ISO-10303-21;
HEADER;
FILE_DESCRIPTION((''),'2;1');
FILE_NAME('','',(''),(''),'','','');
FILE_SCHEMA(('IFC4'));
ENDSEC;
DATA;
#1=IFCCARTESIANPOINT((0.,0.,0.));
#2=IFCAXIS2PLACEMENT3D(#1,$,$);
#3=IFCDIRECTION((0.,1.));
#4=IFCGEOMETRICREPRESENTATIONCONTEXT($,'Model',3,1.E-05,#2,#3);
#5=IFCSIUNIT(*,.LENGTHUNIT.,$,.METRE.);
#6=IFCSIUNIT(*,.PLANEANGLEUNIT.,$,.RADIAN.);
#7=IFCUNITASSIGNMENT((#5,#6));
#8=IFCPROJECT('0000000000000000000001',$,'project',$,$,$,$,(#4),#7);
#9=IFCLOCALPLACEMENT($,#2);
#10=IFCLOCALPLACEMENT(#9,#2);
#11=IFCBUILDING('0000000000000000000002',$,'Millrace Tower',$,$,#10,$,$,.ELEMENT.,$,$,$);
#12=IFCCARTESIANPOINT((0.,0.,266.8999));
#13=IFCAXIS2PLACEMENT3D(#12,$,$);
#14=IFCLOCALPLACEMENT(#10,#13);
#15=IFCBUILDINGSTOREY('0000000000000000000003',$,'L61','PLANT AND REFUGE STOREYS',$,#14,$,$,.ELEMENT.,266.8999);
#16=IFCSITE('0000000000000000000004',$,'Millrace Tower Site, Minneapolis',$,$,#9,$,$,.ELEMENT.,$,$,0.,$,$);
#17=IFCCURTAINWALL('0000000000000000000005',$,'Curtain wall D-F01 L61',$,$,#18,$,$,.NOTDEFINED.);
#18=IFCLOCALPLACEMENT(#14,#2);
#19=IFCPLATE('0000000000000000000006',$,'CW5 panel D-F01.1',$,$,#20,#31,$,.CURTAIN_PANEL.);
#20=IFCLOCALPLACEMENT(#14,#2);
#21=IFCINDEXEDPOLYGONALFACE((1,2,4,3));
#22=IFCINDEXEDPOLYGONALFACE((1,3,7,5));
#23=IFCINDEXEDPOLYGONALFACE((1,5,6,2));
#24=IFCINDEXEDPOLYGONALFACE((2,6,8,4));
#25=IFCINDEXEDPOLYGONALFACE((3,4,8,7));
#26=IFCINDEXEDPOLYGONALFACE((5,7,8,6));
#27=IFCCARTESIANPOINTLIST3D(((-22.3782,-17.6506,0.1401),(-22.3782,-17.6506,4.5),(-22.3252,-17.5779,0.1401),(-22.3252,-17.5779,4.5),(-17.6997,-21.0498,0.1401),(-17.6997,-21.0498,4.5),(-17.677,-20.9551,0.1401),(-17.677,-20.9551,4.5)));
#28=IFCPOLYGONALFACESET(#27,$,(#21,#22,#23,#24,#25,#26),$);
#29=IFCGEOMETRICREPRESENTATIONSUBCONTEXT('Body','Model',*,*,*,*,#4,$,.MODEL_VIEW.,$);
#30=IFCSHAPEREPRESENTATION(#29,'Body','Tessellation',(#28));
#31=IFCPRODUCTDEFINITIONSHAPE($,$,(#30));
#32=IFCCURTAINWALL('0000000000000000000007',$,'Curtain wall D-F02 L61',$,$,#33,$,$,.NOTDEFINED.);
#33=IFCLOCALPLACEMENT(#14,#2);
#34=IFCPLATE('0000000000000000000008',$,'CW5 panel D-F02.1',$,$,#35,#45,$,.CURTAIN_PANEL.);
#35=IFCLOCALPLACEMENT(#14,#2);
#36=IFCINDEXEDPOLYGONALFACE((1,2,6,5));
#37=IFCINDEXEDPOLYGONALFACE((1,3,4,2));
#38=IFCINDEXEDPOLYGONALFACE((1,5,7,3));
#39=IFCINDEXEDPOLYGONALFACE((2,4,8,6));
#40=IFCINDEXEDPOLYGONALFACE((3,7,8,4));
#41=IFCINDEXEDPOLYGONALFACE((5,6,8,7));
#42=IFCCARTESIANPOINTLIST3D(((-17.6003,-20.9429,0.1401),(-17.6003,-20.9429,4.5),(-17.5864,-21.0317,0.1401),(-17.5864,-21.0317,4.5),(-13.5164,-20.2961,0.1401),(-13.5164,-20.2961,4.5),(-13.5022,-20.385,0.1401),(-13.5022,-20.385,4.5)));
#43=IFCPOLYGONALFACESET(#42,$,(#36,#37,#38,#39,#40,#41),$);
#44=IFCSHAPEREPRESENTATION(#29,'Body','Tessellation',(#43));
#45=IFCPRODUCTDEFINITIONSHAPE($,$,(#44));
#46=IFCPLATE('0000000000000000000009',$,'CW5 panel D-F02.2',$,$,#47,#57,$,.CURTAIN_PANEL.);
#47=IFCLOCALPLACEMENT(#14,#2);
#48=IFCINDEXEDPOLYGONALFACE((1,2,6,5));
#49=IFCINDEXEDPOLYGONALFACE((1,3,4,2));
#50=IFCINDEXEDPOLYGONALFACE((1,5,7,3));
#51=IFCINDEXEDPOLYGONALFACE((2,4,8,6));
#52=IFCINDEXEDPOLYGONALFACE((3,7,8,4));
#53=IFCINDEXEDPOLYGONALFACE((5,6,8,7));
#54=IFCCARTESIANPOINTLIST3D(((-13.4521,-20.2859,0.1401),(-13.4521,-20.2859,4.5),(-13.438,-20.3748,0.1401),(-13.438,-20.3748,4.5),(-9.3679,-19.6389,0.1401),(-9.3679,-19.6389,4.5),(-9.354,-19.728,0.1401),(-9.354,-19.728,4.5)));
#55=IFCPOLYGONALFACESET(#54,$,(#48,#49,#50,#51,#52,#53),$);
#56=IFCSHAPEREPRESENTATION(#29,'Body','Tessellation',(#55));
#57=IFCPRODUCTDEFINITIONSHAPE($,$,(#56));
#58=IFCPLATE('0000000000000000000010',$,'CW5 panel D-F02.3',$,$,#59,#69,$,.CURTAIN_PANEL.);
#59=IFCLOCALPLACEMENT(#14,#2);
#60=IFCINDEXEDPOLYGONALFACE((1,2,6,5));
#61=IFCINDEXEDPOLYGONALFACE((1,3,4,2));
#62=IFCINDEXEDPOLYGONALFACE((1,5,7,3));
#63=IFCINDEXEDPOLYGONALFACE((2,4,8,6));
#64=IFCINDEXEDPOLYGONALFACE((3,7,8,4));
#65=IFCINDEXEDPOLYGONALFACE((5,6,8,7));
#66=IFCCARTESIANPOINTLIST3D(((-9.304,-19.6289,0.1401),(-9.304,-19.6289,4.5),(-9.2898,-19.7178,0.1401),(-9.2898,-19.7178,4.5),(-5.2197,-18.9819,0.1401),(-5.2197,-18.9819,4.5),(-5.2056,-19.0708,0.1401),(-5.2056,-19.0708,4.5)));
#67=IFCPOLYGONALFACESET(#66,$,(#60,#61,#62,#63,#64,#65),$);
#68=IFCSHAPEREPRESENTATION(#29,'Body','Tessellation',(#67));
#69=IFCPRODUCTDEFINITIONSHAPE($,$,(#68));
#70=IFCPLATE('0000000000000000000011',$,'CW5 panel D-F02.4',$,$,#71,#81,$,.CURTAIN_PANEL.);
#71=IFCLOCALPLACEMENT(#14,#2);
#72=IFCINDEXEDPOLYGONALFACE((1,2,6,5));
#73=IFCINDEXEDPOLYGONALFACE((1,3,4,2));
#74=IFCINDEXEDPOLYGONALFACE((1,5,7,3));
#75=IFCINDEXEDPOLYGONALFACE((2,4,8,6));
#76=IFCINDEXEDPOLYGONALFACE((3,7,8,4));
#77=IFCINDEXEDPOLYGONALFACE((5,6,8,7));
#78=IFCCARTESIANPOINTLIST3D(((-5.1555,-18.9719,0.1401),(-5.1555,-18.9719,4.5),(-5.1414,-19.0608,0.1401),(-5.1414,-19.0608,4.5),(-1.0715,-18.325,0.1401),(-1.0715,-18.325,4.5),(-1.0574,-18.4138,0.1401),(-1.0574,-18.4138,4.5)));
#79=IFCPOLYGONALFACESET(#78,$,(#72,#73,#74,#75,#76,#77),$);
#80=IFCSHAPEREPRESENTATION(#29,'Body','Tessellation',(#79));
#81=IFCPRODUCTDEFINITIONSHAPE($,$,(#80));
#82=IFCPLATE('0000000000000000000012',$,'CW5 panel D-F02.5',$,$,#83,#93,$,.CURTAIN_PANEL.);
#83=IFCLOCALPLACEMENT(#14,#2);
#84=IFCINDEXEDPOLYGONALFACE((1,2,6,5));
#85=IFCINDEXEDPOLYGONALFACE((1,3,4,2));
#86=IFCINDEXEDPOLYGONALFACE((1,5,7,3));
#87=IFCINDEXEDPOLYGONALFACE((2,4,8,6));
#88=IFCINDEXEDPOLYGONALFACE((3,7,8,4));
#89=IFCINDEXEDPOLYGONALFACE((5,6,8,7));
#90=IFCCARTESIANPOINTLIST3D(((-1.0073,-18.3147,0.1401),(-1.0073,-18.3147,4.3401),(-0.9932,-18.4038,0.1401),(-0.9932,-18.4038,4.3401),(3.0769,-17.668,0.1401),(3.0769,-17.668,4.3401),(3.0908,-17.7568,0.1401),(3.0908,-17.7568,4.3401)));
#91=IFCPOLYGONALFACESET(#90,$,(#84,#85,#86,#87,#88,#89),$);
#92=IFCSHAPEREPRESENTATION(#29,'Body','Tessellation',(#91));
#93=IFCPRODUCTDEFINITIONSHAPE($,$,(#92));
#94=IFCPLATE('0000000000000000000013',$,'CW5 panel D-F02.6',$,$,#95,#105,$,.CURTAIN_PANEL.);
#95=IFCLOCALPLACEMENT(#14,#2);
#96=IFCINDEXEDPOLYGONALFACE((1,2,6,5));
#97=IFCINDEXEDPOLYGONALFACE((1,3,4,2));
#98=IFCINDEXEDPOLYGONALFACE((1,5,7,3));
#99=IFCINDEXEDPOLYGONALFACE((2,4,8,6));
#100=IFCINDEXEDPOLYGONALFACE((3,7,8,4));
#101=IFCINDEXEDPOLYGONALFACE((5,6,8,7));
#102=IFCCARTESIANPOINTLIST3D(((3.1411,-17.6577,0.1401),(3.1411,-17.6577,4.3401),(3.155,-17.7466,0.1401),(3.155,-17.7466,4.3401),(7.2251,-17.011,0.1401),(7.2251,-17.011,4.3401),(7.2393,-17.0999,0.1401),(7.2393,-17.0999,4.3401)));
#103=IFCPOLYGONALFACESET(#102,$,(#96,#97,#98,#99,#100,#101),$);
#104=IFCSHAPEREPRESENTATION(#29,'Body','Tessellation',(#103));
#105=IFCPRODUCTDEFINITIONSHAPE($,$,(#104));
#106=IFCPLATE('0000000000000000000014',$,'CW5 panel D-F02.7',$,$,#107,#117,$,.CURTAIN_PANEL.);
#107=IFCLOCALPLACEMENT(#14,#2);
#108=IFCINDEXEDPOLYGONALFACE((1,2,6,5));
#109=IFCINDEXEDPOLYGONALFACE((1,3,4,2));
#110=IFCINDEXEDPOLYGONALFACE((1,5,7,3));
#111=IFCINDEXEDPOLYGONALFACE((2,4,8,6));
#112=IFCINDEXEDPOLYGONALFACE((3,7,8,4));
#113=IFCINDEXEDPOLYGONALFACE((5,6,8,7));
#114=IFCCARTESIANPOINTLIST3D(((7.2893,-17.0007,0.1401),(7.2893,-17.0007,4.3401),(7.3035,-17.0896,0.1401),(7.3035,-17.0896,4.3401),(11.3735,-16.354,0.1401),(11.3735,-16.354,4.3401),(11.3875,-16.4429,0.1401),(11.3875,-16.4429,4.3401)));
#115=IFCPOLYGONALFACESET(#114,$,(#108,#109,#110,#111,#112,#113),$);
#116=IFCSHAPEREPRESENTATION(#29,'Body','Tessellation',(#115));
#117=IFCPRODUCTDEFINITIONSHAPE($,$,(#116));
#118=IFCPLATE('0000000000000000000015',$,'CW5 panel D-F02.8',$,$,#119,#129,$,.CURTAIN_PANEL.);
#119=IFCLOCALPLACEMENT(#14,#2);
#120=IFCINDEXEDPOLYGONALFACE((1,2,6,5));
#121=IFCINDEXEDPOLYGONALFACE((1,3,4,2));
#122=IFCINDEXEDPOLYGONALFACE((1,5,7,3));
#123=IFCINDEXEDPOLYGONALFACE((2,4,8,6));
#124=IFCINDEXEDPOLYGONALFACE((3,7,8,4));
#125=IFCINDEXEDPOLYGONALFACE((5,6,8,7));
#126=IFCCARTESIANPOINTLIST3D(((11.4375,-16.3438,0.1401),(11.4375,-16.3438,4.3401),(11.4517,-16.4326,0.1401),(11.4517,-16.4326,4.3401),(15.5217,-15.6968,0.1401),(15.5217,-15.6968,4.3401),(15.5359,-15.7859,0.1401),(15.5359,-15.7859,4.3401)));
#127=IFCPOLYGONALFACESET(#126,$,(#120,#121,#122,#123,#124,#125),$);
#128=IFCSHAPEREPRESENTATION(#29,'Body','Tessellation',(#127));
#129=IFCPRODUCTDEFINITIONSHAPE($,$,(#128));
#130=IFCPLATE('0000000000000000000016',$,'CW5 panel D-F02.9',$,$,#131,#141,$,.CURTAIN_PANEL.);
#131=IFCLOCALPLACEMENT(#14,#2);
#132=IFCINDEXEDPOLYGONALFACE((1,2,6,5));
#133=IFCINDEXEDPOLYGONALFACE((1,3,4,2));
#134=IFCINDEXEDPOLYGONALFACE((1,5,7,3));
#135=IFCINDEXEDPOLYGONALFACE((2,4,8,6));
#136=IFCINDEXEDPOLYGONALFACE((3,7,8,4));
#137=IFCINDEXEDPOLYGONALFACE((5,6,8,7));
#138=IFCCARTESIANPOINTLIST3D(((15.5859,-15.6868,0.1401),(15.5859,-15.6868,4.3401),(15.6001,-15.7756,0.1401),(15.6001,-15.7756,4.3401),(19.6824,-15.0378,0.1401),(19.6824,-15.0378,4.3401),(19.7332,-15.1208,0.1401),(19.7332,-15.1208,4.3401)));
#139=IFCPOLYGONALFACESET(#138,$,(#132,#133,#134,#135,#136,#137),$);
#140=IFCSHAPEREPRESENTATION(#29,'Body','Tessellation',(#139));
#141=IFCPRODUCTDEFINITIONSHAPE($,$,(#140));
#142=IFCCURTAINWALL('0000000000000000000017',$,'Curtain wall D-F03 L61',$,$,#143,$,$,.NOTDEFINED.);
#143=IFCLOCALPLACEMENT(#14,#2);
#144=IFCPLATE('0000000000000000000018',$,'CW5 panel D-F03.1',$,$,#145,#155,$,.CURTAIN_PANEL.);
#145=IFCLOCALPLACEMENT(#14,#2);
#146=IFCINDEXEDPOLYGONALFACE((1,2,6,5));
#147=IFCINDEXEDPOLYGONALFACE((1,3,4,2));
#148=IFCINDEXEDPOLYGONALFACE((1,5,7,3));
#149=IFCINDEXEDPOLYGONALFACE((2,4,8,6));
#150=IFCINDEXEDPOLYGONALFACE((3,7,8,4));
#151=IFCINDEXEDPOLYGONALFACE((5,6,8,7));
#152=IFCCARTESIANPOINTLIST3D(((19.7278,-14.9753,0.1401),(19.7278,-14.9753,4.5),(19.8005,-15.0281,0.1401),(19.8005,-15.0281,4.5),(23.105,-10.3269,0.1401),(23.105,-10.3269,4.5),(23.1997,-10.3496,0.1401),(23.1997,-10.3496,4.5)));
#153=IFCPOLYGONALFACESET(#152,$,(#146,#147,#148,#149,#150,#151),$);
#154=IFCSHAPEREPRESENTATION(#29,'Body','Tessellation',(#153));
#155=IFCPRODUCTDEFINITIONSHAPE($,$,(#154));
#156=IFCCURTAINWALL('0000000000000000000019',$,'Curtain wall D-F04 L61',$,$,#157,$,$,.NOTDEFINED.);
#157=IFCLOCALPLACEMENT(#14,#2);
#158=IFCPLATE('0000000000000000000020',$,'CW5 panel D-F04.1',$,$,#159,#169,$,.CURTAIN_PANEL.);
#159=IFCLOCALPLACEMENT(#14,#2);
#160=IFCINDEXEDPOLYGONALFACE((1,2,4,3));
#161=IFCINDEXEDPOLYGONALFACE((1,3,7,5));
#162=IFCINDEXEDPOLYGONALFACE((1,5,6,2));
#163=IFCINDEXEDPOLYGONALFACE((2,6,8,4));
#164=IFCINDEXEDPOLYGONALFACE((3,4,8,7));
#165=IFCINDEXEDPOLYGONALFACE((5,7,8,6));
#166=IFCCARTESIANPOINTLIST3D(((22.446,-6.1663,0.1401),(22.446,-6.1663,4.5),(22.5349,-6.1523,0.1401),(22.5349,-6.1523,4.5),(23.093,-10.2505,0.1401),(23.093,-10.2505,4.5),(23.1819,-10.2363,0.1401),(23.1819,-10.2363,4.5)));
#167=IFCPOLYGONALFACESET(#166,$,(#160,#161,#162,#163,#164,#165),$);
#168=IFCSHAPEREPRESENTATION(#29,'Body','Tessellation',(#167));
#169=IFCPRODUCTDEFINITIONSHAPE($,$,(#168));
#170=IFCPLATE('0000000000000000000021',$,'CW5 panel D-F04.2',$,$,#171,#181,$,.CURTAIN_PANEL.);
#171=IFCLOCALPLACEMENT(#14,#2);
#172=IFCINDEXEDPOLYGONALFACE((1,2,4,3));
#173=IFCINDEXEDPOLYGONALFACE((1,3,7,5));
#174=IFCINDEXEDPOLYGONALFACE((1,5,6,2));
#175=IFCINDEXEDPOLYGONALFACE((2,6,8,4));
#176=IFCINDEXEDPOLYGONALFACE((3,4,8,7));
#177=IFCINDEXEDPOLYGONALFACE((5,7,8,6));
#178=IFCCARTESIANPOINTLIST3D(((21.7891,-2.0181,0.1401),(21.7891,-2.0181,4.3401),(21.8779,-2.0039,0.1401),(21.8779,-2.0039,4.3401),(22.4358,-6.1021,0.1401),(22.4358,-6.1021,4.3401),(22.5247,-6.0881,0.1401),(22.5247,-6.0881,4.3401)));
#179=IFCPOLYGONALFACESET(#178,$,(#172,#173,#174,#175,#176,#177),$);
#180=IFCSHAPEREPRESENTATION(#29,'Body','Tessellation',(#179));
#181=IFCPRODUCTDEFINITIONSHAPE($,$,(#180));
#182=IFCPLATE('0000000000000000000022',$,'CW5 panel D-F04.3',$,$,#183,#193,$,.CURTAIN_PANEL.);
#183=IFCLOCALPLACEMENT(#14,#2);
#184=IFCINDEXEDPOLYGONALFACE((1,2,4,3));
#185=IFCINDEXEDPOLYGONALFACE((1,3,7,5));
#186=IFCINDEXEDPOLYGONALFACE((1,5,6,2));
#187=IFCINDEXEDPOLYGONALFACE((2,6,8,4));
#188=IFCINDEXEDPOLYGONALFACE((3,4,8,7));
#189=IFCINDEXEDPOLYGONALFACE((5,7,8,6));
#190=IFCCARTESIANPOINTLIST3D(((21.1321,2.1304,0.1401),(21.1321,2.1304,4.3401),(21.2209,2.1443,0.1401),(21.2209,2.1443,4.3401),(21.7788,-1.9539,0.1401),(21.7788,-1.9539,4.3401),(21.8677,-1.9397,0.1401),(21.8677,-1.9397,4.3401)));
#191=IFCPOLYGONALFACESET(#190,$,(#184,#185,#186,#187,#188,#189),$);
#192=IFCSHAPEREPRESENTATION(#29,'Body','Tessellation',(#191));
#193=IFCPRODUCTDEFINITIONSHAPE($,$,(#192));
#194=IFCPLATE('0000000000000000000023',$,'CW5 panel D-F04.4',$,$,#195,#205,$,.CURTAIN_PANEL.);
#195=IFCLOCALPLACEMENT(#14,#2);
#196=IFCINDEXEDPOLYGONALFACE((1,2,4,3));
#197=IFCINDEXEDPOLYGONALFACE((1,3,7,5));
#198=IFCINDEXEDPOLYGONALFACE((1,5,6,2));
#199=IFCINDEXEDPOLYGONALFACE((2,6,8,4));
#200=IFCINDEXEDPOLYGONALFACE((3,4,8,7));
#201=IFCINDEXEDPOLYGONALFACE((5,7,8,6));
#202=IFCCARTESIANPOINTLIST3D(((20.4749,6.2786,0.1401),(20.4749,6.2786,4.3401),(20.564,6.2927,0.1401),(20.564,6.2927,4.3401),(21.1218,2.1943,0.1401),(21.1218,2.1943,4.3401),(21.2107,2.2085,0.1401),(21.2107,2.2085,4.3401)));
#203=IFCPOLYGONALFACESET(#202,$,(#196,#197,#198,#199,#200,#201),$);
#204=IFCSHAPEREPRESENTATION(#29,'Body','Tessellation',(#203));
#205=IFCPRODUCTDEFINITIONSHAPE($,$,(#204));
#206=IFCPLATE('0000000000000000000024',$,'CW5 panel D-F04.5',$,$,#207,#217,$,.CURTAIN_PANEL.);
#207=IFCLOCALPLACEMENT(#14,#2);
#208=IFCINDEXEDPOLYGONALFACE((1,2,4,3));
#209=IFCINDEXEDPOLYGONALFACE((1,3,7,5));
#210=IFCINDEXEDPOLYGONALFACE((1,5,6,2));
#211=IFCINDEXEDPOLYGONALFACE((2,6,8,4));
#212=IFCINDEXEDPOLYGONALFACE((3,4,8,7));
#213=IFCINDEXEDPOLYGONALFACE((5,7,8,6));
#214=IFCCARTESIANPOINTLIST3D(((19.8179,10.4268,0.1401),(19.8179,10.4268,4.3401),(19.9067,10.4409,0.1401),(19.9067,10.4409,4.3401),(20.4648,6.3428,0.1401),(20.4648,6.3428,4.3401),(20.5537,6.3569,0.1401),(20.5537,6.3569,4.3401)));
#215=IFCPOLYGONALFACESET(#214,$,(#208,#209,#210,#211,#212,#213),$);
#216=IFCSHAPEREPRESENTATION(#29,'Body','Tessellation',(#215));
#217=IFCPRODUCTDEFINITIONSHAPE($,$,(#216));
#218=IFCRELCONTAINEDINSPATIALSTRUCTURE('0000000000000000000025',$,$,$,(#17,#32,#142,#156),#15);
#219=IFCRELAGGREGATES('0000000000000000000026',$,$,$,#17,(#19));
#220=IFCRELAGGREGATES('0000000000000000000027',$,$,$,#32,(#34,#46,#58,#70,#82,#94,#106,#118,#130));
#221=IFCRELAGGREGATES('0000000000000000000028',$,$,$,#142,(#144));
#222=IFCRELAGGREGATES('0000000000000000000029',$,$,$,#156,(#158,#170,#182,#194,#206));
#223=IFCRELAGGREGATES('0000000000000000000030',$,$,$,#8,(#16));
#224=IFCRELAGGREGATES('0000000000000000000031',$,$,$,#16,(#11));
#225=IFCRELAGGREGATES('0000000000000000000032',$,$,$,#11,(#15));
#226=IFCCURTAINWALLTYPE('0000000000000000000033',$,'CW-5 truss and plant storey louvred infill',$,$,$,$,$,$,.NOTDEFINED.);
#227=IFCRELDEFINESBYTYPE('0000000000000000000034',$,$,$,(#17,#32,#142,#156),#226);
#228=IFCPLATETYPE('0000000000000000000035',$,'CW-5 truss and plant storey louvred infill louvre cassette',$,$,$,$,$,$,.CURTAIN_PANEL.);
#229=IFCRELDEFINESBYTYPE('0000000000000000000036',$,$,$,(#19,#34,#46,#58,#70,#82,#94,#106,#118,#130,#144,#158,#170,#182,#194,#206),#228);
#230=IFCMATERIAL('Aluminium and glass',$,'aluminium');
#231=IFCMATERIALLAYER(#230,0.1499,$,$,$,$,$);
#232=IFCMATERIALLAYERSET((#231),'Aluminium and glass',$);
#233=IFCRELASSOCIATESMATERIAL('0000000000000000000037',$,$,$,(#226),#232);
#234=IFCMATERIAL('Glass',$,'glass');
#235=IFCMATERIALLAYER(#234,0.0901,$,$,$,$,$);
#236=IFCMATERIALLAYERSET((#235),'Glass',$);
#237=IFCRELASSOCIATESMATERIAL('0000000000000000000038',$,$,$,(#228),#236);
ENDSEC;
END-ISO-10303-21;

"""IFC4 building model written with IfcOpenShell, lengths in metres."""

from ifc_helpers import new_model, si_unit, direction, frame, origin, place, context, subcontext, project, spatial, polyline, outline, extrude, material, layer, layer_set, type_object, element, aggregate, save


model = new_model("IFC4")

# Units and contexts
model_context = context("Model", 3, precision=1e-05, world=origin(), true_north=direction((0.0, 1.0)))
body_context = subcontext(model_context, "Body", "Model", "MODEL_VIEW")
ifc_project = project(units=[si_unit("LENGTHUNIT", "METRE"), si_unit("PLANEANGLEUNIT", "RADIAN")], contexts=[model_context])

# Site, building, storey
site_placement = place(None, origin())
site = spatial("IfcSite", under=ifc_project, at=site_placement, Name="Millrace Tower Site, Minneapolis", CompositionType="ELEMENT", RefElevation=0.0)
building_placement = place(site_placement, origin())
building = spatial("IfcBuilding", under=site, at=building_placement, Name="Millrace Tower", CompositionType="ELEMENT")
storey_placement = place(building_placement, frame((0.0, 0.0, 266.8999)))
storey = spatial("IfcBuildingStorey", under=building, at=storey_placement, Name="L61", Description="PLANT AND REFUGE STOREYS", CompositionType="ELEMENT", Elevation=266.8999)

# Curtain wall, plate
ifc_material_1 = material(Name="Aluminium and glass", Category="aluminium")
ifc_layer_1 = layer(ifc_material_1, 0.1499)
ifc_layer_set_1 = layer_set([ifc_layer_1], Name="Aluminium and glass")
curtain_wall_type = type_object("IfcCurtainWallType", Name="CW-5 truss and plant storey louvred infill", PredefinedType="NOTDEFINED", material=ifc_layer_set_1)
placement_1 = place(storey_placement, origin())
curtain_wall_1 = element("IfcCurtainWall", 1, at=placement_1, inside=storey, type_object=curtain_wall_type, Name="Curtain wall D-F01 L61", PredefinedType="NOTDEFINED")
ifc_material_2 = material(Name="Glass", Category="glass")
ifc_layer_2 = layer(ifc_material_2, 0.0901)
ifc_layer_set_2 = layer_set([ifc_layer_2], Name="Glass")
plate_type = type_object("IfcPlateType", Name="CW-5 truss and plant storey louvred infill louvre cassette", PredefinedType="CURTAIN_PANEL", material=ifc_layer_set_2)
placement_2 = place(storey_placement, frame((0.0, 0.0, 0.1401)))
plate_1 = element("IfcPlate", 2, at=placement_2, type_object=plate_type, Name="CW5 panel D-F01.1", PredefinedType="CURTAIN_PANEL", context=body_context, shape_type="SweptSolid", body=[
    extrude(outline(polyline([(-22.3782, -17.6506), (-17.6997, -21.0498), (-17.677, -20.9551), (-22.3252, -17.5779), (-22.3782, -17.6506)])), origin(), (0.0, 0.0, 1.0), 4.3599),
])
aggregate(curtain_wall_1, [plate_1])

# Curtain wall, plates
curtain_wall_2 = element("IfcCurtainWall", 3, at=placement_1, inside=storey, type_object=curtain_wall_type, Name="Curtain wall D-F02 L61", PredefinedType="NOTDEFINED")
plate_2 = element("IfcPlate", 4, at=placement_2, type_object=plate_type, Name="CW5 panel D-F02.1", PredefinedType="CURTAIN_PANEL", context=body_context, shape_type="SweptSolid", body=[
    extrude(outline(polyline([(-17.5864, -21.0317), (-13.5022, -20.385), (-13.5164, -20.2961), (-17.6003, -20.9429), (-17.5864, -21.0317)])), origin(), (0.0, 0.0, 1.0), 4.3599),
])
plate_3 = element("IfcPlate", 5, at=placement_2, type_object=plate_type, Name="CW5 panel D-F02.2", PredefinedType="CURTAIN_PANEL", context=body_context, shape_type="SweptSolid", body=[
    extrude(outline(polyline([(-13.438, -20.3748), (-9.354, -19.728), (-9.3679, -19.6389), (-13.4521, -20.2859), (-13.438, -20.3748)])), origin(), (0.0, 0.0, 1.0), 4.3599),
])
plate_4 = element("IfcPlate", 6, at=placement_2, type_object=plate_type, Name="CW5 panel D-F02.3", PredefinedType="CURTAIN_PANEL", context=body_context, shape_type="SweptSolid", body=[
    extrude(outline(polyline([(-9.2898, -19.7178), (-5.2056, -19.0708), (-5.2197, -18.9819), (-9.304, -19.6289), (-9.2898, -19.7178)])), origin(), (0.0, 0.0, 1.0), 4.3599),
])
plate_5 = element("IfcPlate", 7, at=placement_2, type_object=plate_type, Name="CW5 panel D-F02.4", PredefinedType="CURTAIN_PANEL", context=body_context, shape_type="SweptSolid", body=[
    extrude(outline(polyline([(-5.1414, -19.0608), (-1.0574, -18.4138), (-1.0715, -18.325), (-5.1555, -18.9719), (-5.1414, -19.0608)])), origin(), (0.0, 0.0, 1.0), 4.3599),
])
plate_6 = element("IfcPlate", 8, at=placement_2, type_object=plate_type, Name="CW5 panel D-F02.5", PredefinedType="CURTAIN_PANEL", context=body_context, shape_type="SweptSolid", body=[
    extrude(outline(polyline([(-0.9932, -18.4038), (3.0908, -17.7568), (3.0769, -17.668), (-1.0073, -18.3147), (-0.9932, -18.4038)])), origin(), (0.0, 0.0, 1.0), 4.2),
])
plate_7 = element("IfcPlate", 9, at=placement_2, type_object=plate_type, Name="CW5 panel D-F02.6", PredefinedType="CURTAIN_PANEL", context=body_context, shape_type="SweptSolid", body=[
    extrude(outline(polyline([(3.155, -17.7466), (7.2393, -17.0999), (7.2251, -17.011), (3.1411, -17.6577), (3.155, -17.7466)])), origin(), (0.0, 0.0, 1.0), 4.2),
])
plate_8 = element("IfcPlate", 10, at=placement_2, type_object=plate_type, Name="CW5 panel D-F02.7", PredefinedType="CURTAIN_PANEL", context=body_context, shape_type="SweptSolid", body=[
    extrude(outline(polyline([(7.3035, -17.0896), (11.3875, -16.4429), (11.3735, -16.354), (7.2893, -17.0007), (7.3035, -17.0896)])), origin(), (0.0, 0.0, 1.0), 4.2),
])
plate_9 = element("IfcPlate", 11, at=placement_2, type_object=plate_type, Name="CW5 panel D-F02.8", PredefinedType="CURTAIN_PANEL", context=body_context, shape_type="SweptSolid", body=[
    extrude(outline(polyline([(11.4517, -16.4326), (15.5359, -15.7859), (15.5217, -15.6968), (11.4375, -16.3438), (11.4517, -16.4326)])), origin(), (0.0, 0.0, 1.0), 4.2),
])
plate_10 = element("IfcPlate", 12, at=placement_2, type_object=plate_type, Name="CW5 panel D-F02.9", PredefinedType="CURTAIN_PANEL", context=body_context, shape_type="SweptSolid", body=[
    extrude(outline(polyline([(15.6001, -15.7756), (19.7332, -15.1208), (19.6824, -15.0378), (15.5859, -15.6868), (15.6001, -15.7756)])), origin(), (0.0, 0.0, 1.0), 4.2),
])
aggregate(curtain_wall_2, [plate_2, plate_3, plate_4, plate_5, plate_6, plate_7, plate_8, plate_9, plate_10])

# Curtain wall, plate
curtain_wall_3 = element("IfcCurtainWall", 13, at=placement_1, inside=storey, type_object=curtain_wall_type, Name="Curtain wall D-F03 L61", PredefinedType="NOTDEFINED")
plate_11 = element("IfcPlate", 14, at=placement_2, type_object=plate_type, Name="CW5 panel D-F03.1", PredefinedType="CURTAIN_PANEL", context=body_context, shape_type="SweptSolid", body=[
    extrude(outline(polyline([(19.8005, -15.0281), (23.1997, -10.3496), (23.105, -10.3269), (19.7278, -14.9753), (19.8005, -15.0281)])), origin(), (0.0, 0.0, 1.0), 4.3599),
])
aggregate(curtain_wall_3, [plate_11])

# Curtain wall, plates
curtain_wall_4 = element("IfcCurtainWall", 15, at=placement_1, inside=storey, type_object=curtain_wall_type, Name="Curtain wall D-F04 L61", PredefinedType="NOTDEFINED")
plate_12 = element("IfcPlate", 16, at=placement_2, type_object=plate_type, Name="CW5 panel D-F04.1", PredefinedType="CURTAIN_PANEL", context=body_context, shape_type="SweptSolid", body=[
    extrude(outline(polyline([(23.1819, -10.2363), (22.5349, -6.1523), (22.446, -6.1663), (23.093, -10.2505), (23.1819, -10.2363)])), origin(), (0.0, 0.0, 1.0), 4.3599),
])
plate_13 = element("IfcPlate", 17, at=placement_2, type_object=plate_type, Name="CW5 panel D-F04.2", PredefinedType="CURTAIN_PANEL", context=body_context, shape_type="SweptSolid", body=[
    extrude(outline(polyline([(22.5247, -6.0881), (21.8779, -2.0039), (21.7891, -2.0181), (22.4358, -6.1021), (22.5247, -6.0881)])), origin(), (0.0, 0.0, 1.0), 4.2),
])
plate_14 = element("IfcPlate", 18, at=placement_2, type_object=plate_type, Name="CW5 panel D-F04.3", PredefinedType="CURTAIN_PANEL", context=body_context, shape_type="SweptSolid", body=[
    extrude(outline(polyline([(21.8677, -1.9397), (21.2209, 2.1443), (21.1321, 2.1304), (21.7788, -1.9539), (21.8677, -1.9397)])), origin(), (0.0, 0.0, 1.0), 4.2),
])
plate_15 = element("IfcPlate", 19, at=placement_2, type_object=plate_type, Name="CW5 panel D-F04.4", PredefinedType="CURTAIN_PANEL", context=body_context, shape_type="SweptSolid", body=[
    extrude(outline(polyline([(21.2107, 2.2085), (20.564, 6.2927), (20.4749, 6.2786), (21.1218, 2.1943), (21.2107, 2.2085)])), origin(), (0.0, 0.0, 1.0), 4.2),
])
plate_16 = element("IfcPlate", 20, at=placement_2, type_object=plate_type, Name="CW5 panel D-F04.5", PredefinedType="CURTAIN_PANEL", context=body_context, shape_type="SweptSolid", body=[
    extrude(outline(polyline([(20.5537, 6.3569), (19.9067, 10.4409), (19.8179, 10.4268), (20.4648, 6.3428), (20.5537, 6.3569)])), origin(), (0.0, 0.0, 1.0), 4.2),
])
aggregate(curtain_wall_4, [plate_12, plate_13, plate_14, plate_15, plate_16])

save(model, "model.ifc")
